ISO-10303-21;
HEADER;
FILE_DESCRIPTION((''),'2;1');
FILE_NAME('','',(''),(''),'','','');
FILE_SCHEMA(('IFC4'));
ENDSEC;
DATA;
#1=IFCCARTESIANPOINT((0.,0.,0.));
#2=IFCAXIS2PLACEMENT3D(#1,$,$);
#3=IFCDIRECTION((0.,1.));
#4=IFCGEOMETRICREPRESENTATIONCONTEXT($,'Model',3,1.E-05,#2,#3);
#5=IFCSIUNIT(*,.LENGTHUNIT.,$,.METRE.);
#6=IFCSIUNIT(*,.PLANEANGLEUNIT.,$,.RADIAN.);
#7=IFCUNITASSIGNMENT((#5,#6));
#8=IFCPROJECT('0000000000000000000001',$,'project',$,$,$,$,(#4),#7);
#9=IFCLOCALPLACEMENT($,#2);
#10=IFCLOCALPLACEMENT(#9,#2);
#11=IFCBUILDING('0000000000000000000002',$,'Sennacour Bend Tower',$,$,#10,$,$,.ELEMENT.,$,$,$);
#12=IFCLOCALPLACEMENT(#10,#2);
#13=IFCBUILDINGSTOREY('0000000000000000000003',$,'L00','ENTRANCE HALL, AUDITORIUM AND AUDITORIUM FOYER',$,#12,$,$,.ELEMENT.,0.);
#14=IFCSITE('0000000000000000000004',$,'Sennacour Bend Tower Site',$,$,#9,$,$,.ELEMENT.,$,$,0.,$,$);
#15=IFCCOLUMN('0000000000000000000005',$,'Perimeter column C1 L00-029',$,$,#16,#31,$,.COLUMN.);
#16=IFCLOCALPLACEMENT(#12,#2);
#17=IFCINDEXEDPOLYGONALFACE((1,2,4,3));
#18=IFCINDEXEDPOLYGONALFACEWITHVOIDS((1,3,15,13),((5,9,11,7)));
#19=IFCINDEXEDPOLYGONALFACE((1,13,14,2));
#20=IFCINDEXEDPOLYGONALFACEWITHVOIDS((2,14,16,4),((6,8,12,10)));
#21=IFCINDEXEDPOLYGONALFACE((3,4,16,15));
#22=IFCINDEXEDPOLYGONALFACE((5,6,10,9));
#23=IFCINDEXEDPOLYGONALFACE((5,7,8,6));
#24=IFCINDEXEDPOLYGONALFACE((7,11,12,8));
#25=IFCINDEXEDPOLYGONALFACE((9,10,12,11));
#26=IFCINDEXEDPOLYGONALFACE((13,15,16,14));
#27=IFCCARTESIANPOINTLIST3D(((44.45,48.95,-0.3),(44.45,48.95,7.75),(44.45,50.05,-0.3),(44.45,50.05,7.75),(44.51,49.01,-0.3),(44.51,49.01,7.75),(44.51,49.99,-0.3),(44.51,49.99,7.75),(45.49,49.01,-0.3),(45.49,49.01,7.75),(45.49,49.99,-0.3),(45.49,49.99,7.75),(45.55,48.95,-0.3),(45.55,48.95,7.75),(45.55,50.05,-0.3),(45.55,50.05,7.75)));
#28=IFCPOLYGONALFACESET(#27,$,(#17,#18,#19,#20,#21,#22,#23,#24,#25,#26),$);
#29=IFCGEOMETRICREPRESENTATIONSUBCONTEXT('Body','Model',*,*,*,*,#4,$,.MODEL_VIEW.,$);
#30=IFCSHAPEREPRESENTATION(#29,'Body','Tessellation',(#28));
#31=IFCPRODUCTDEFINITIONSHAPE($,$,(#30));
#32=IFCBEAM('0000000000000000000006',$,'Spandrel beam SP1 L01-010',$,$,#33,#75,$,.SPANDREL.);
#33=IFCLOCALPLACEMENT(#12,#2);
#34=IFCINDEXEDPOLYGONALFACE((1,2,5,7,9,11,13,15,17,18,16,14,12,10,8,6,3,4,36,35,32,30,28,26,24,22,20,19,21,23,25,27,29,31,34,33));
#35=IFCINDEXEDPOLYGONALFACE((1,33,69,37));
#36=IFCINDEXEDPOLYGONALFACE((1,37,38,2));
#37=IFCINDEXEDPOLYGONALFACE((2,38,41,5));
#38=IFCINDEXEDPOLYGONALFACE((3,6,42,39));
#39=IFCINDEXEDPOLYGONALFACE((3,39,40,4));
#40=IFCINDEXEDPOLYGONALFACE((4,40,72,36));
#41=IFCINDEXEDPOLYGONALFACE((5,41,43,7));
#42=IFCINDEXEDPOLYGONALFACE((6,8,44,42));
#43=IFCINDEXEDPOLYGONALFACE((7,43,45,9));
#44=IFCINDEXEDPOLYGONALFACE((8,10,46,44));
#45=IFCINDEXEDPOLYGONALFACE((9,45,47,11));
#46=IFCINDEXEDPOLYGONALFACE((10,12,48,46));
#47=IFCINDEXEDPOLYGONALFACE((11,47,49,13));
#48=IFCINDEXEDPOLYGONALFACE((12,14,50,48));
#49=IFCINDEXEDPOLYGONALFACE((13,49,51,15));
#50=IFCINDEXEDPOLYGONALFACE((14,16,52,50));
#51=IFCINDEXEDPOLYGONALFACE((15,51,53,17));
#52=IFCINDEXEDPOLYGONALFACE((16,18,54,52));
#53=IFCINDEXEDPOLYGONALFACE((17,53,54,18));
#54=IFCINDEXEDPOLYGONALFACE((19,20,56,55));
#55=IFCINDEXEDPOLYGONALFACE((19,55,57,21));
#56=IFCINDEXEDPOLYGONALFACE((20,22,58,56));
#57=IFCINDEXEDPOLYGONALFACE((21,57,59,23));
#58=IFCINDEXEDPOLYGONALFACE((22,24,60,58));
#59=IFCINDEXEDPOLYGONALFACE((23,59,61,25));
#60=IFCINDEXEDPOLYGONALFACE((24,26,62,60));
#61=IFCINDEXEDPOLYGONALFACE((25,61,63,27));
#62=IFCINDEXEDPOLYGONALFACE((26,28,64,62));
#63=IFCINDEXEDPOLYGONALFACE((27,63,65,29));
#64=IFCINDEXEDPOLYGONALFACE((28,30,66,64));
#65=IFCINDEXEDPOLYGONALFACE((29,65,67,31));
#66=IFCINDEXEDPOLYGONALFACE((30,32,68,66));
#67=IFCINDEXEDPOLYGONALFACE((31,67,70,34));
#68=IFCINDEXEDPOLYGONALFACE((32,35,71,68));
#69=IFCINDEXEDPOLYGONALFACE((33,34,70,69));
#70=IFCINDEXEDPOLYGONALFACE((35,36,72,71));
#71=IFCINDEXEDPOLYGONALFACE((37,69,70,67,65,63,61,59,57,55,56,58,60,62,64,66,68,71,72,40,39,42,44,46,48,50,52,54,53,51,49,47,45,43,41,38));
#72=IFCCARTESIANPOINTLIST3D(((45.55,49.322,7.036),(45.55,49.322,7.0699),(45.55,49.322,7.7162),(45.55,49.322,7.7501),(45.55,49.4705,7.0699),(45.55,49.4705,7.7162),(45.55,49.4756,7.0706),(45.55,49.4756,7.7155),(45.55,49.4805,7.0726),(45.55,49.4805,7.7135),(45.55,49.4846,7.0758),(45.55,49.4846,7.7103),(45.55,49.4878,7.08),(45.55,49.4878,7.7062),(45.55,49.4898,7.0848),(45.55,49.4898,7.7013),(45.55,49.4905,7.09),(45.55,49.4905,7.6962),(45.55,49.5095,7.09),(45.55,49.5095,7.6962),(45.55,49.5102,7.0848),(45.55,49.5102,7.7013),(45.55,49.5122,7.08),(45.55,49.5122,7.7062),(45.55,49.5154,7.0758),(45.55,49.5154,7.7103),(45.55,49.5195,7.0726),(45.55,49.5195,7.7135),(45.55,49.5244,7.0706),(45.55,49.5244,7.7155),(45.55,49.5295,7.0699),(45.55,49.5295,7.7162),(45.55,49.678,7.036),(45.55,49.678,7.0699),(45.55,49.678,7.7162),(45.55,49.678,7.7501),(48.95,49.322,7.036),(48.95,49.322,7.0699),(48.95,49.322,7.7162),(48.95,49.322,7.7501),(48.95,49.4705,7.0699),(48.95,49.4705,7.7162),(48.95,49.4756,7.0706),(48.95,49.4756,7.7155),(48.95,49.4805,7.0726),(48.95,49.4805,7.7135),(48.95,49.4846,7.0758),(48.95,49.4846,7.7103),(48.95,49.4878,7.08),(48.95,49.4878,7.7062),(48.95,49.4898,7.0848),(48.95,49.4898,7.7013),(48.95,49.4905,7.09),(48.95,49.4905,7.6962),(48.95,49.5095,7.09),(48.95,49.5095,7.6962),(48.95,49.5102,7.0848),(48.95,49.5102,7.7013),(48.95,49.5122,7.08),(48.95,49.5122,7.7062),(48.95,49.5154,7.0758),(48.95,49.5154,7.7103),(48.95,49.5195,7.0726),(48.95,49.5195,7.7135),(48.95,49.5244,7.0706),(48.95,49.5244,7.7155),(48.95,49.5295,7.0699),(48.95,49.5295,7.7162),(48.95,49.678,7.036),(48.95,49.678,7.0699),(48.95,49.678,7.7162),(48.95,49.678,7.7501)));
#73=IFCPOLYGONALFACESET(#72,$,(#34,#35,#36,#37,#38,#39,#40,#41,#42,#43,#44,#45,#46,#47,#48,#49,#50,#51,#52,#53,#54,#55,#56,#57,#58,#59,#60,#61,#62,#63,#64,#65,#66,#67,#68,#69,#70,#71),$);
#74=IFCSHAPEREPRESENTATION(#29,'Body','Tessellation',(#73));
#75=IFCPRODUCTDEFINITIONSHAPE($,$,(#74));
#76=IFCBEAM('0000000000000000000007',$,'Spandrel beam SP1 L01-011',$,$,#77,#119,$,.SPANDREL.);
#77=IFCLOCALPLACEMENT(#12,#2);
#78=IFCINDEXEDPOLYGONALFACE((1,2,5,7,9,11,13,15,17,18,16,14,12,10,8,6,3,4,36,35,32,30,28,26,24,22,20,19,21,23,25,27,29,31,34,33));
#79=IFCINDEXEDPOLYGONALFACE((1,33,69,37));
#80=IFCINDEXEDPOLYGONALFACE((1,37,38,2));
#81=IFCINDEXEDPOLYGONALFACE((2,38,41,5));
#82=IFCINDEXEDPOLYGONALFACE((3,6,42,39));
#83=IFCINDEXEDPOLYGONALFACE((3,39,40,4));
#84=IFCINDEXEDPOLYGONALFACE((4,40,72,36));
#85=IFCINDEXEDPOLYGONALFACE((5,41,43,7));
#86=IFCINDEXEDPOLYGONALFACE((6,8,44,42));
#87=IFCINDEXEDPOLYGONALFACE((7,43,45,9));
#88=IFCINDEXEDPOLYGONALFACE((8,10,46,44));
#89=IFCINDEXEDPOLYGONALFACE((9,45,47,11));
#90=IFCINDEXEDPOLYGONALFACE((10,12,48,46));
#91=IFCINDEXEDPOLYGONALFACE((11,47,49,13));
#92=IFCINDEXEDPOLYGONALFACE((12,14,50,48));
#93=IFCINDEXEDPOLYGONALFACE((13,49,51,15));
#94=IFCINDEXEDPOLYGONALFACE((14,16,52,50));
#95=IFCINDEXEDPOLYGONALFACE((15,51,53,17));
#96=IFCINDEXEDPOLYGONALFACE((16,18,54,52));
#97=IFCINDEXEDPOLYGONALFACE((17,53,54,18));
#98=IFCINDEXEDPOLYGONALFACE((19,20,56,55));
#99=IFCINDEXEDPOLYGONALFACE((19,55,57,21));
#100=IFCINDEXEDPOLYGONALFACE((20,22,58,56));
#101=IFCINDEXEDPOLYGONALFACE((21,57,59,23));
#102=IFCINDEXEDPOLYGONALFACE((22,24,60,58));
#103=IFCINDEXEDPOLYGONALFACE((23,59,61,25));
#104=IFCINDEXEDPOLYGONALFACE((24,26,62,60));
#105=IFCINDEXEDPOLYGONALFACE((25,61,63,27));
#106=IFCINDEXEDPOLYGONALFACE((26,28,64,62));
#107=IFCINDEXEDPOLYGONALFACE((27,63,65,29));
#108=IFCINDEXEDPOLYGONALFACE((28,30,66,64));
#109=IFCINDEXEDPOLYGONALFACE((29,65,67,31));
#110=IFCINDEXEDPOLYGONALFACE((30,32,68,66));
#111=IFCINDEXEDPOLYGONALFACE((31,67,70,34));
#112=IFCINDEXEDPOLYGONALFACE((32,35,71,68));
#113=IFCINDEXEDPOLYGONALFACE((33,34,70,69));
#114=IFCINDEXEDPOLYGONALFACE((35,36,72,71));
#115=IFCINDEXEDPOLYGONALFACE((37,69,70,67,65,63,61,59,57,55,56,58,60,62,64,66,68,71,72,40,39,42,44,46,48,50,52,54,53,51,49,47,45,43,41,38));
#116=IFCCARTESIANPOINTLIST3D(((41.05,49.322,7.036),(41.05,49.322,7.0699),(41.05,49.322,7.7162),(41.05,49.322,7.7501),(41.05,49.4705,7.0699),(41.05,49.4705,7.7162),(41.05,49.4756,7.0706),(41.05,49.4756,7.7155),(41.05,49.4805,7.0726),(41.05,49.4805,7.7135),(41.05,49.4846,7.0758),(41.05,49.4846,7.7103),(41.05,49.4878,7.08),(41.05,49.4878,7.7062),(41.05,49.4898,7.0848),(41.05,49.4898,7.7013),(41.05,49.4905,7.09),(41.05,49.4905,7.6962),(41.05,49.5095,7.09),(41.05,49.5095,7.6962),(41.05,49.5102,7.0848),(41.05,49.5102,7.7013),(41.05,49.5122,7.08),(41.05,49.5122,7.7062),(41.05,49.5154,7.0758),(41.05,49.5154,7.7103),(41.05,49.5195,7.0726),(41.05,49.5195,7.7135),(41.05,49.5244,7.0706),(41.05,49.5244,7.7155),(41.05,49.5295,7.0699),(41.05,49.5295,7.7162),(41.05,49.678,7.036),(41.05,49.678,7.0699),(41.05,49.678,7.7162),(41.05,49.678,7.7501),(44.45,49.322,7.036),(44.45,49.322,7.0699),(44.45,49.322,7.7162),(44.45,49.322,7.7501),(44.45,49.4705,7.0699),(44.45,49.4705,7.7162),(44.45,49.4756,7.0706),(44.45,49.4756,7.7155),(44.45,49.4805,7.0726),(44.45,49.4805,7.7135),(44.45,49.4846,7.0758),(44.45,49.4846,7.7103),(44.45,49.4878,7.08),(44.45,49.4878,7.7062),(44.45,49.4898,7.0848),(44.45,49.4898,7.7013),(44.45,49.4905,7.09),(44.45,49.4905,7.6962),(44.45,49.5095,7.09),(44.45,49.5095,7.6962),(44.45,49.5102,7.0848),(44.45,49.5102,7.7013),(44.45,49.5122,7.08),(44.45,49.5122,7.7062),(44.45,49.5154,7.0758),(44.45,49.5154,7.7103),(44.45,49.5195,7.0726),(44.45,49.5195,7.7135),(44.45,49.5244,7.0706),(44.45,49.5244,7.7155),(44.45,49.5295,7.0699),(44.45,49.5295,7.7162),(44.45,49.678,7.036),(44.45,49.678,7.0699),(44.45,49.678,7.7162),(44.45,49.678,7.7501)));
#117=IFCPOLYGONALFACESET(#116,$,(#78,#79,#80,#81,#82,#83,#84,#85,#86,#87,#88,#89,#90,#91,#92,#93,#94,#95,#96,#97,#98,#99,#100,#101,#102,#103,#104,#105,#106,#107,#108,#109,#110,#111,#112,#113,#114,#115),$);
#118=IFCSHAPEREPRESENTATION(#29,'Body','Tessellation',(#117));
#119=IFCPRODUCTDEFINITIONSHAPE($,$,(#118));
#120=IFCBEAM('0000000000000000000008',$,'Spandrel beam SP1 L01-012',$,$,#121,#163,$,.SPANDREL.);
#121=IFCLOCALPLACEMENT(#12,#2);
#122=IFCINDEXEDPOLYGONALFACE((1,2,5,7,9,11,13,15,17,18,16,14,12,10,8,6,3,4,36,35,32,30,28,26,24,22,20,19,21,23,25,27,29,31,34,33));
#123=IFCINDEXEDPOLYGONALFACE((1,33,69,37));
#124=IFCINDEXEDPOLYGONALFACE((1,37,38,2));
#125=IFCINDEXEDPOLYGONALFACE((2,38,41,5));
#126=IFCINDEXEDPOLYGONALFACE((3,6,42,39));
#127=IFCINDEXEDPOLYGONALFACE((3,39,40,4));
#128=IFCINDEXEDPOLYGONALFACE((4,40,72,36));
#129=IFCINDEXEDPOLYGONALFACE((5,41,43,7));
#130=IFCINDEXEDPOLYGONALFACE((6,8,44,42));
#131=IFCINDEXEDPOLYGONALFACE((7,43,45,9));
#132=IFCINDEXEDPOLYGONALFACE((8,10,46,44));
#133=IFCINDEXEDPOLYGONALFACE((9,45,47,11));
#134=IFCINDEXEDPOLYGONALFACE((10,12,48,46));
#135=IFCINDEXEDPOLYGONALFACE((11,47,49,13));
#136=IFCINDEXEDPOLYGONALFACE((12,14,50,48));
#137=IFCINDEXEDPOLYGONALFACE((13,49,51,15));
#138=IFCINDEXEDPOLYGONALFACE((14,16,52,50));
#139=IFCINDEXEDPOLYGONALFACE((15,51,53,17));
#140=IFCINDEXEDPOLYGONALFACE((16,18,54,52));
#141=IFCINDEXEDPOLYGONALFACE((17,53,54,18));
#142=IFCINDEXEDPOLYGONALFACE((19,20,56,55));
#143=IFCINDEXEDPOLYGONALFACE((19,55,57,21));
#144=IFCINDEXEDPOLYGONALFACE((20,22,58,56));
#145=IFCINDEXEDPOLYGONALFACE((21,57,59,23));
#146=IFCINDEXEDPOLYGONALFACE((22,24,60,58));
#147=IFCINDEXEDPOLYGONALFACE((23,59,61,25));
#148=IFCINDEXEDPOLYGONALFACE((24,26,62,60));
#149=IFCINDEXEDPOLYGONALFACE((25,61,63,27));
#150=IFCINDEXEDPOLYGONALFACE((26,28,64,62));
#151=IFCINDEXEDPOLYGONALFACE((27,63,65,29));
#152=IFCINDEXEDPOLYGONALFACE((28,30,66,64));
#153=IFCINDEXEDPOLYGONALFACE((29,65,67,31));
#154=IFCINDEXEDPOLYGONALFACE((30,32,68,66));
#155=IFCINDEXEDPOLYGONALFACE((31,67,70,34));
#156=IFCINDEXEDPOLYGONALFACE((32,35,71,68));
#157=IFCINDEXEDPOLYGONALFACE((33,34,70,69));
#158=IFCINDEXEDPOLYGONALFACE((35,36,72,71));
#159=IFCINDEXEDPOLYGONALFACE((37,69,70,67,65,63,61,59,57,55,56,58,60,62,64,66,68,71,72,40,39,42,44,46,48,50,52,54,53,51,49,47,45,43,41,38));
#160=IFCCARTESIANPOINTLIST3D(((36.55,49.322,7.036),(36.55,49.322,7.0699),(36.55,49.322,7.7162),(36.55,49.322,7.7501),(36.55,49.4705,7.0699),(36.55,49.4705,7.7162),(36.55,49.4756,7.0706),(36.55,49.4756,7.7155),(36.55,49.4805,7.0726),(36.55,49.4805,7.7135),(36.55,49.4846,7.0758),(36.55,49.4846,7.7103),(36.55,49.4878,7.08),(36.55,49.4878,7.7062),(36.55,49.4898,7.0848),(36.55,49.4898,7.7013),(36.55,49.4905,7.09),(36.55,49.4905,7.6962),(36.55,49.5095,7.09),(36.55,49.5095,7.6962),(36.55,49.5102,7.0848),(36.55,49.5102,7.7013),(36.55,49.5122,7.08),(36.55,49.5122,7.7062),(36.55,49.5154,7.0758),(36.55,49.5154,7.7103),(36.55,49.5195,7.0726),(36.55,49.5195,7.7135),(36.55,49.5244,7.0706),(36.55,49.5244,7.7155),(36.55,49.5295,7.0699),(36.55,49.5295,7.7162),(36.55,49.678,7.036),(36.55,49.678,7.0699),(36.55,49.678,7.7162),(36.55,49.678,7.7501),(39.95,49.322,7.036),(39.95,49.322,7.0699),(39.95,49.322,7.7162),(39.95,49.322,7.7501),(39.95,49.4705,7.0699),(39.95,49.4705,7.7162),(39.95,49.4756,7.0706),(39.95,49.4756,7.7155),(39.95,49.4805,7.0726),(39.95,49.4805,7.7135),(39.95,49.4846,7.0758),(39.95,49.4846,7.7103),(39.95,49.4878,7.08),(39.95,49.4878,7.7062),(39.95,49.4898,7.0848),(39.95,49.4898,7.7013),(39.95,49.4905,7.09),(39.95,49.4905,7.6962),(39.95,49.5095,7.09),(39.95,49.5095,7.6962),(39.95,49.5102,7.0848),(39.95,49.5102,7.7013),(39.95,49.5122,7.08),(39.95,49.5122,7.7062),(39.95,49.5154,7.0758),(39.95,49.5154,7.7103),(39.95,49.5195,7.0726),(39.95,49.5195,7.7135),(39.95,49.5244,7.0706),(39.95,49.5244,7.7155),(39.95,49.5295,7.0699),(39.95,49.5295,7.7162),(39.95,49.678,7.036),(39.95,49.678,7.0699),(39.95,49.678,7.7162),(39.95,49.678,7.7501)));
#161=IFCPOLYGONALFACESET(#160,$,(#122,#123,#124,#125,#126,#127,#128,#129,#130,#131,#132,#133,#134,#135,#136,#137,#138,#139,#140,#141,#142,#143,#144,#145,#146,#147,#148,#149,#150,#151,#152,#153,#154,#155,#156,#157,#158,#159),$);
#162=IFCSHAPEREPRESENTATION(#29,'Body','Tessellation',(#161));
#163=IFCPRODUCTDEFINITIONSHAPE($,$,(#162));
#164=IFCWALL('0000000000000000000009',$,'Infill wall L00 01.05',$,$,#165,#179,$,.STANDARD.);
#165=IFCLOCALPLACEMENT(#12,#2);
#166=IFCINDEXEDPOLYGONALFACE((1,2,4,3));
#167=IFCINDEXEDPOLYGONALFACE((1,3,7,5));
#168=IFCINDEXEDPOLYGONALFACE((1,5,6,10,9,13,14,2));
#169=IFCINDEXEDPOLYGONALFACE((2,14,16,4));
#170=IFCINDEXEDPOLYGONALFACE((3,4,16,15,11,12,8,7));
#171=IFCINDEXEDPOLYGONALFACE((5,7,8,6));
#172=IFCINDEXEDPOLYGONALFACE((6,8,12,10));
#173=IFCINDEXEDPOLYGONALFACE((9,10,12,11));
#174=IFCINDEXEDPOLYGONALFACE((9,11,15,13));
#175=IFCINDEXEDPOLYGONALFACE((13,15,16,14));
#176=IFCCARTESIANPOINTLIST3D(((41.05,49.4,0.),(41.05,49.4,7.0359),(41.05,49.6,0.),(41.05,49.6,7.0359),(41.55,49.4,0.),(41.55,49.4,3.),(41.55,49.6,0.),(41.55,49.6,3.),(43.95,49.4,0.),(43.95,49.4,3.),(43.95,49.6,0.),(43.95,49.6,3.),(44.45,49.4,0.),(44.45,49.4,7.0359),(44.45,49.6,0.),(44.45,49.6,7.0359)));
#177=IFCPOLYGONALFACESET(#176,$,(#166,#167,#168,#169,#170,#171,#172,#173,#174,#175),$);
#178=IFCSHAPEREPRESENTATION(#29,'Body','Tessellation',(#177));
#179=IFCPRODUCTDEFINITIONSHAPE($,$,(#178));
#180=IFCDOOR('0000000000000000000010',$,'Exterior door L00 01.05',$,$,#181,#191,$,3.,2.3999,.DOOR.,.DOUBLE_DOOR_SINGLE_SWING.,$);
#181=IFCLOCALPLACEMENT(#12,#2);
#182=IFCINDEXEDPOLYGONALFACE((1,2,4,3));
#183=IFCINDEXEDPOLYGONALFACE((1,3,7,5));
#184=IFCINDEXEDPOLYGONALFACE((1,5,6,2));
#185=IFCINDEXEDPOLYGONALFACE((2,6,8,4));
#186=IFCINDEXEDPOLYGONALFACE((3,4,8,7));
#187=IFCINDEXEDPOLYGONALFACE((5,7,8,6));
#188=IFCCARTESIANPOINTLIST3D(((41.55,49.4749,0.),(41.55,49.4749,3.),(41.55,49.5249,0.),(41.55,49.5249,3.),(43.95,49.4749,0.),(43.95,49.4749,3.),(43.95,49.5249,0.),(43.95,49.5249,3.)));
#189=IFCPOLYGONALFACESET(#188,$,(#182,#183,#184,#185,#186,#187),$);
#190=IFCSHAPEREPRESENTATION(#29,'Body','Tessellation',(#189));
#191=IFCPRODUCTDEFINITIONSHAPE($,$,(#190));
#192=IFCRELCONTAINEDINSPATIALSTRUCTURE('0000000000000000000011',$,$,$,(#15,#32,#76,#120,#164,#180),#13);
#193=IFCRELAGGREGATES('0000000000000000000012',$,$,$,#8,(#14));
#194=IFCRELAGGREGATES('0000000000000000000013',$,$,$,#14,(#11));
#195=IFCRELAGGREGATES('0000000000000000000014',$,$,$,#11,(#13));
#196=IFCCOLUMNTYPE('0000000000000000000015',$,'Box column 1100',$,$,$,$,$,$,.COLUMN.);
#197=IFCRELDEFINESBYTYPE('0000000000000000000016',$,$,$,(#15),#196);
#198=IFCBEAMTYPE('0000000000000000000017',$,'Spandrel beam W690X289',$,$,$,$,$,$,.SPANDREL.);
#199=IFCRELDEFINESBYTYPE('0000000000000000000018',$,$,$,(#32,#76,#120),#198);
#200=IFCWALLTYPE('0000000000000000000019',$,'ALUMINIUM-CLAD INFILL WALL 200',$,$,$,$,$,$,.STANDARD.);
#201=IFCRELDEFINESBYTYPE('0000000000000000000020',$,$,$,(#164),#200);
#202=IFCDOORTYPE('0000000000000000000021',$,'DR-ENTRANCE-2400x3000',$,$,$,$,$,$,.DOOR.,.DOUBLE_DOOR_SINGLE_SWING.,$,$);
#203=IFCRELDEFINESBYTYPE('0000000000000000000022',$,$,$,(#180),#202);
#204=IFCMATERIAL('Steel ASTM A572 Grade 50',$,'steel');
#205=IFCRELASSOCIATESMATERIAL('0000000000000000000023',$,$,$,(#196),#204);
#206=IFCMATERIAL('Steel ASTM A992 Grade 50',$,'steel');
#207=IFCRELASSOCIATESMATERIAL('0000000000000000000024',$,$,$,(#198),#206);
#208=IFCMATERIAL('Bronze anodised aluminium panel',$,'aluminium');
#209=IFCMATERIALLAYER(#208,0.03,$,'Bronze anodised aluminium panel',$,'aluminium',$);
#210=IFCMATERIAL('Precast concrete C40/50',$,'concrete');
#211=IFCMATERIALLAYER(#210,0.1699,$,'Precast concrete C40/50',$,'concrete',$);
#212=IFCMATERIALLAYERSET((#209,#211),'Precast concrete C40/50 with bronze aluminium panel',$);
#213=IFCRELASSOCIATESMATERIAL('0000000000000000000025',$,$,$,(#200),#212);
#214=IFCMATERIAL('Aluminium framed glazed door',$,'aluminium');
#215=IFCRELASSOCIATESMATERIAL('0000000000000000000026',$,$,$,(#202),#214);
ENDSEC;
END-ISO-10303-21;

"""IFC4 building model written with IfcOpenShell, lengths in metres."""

from ifc_helpers import new_model, si_unit, direction, frame, frame_2d, origin, origin_2d, place, context, subcontext, project, spatial, rectangle, hollow_rectangle, i_section, extrude, material, layer, layer_set, material_profile, profile_set, type_object, element, fill, save


model = new_model("IFC4")

# Units and contexts
model_context = context("Model", 3, precision=1e-05, world=origin(), true_north=direction((0.0, 1.0)))
body_context = subcontext(model_context, "Body", "Model", "MODEL_VIEW")
ifc_project = project(units=[si_unit("LENGTHUNIT", "METRE"), si_unit("PLANEANGLEUNIT", "RADIAN")], contexts=[model_context])

# Site, building, storey
site_placement = place(None, origin())
site = spatial("IfcSite", under=ifc_project, at=site_placement, Name="Sennacour Bend Tower Site", CompositionType="ELEMENT", RefElevation=0.0)
building_placement = place(site_placement, origin())
building = spatial("IfcBuilding", under=site, at=building_placement, Name="Sennacour Bend Tower", CompositionType="ELEMENT")
storey_placement = place(building_placement, origin())
storey = spatial("IfcBuildingStorey", under=building, at=storey_placement, Name="L00", Description="ENTRANCE HALL, AUDITORIUM AND AUDITORIUM FOYER", CompositionType="ELEMENT", Elevation=0.0)

# Column
ifc_material_1 = material(Name="Steel ASTM A572 Grade 50", Category="steel")
ifc_material_profile_1 = material_profile(ifc_material_1, hollow_rectangle(XDim=1.1001, YDim=1.1001, WallThickness=0.0601, at=origin_2d()), Name="Steel ASTM A572 Grade 50", Category="steel")
ifc_profile_set_1 = profile_set([ifc_material_profile_1], Name="Steel ASTM A572 Grade 50")
column_type = type_object("IfcColumnType", Name="Box column 1100", PredefinedType="COLUMN", material=ifc_profile_set_1)
for number, where, z_axis, x_axis, name in (
    (1, (45.0, 49.5, -0.3), (0.0, 0.0, 1.0), (1.0, 0.0, 0.0), "Perimeter column C1 L00-029"),
):
    element("IfcColumn", number, at=place(storey_placement, frame(where, z_axis=z_axis, x_axis=x_axis)), inside=storey, type_object=column_type, Name=name, PredefinedType="COLUMN", context=body_context, shape_type="SweptSolid", body=[
        extrude(hollow_rectangle(XDim=1.1001, YDim=1.1001, WallThickness=0.0601, at=origin_2d()), origin(), (0.0, 0.0, 1.0), 8.05),
    ])

# Beams
ifc_material_2 = material(Name="Steel ASTM A992 Grade 50", Category="steel")
ifc_material_profile_2 = material_profile(ifc_material_2, i_section(OverallWidth=0.356, OverallDepth=0.7141, WebThickness=0.019, FlangeThickness=0.0339, FilletRadius=0.02, at=origin_2d()), Name="Steel ASTM A992 Grade 50", Category="steel")
ifc_profile_set_2 = profile_set([ifc_material_profile_2], Name="Steel ASTM A992 Grade 50")
beam_type = type_object("IfcBeamType", Name="Spandrel beam W690X289", PredefinedType="SPANDREL", material=ifc_profile_set_2)
for number, where, z_axis, x_axis, name in (
    (2, (48.95, 49.5, 7.3931), (-1.0, 0.0, 0.0), (0.0, -1.0, 0.0), "Spandrel beam SP1 L01-010"),
    (3, (44.45, 49.5, 7.3931), (-1.0, 0.0, 0.0), (0.0, -1.0, 0.0), "Spandrel beam SP1 L01-011"),
    (4, (39.95, 49.5, 7.3931), (-1.0, 0.0, 0.0), (0.0, -1.0, 0.0), "Spandrel beam SP1 L01-012"),
):
    element("IfcBeam", number, at=place(storey_placement, frame(where, z_axis=z_axis, x_axis=x_axis)), inside=storey, type_object=beam_type, Name=name, PredefinedType="SPANDREL", context=body_context, shape_type="SweptSolid", body=[
        extrude(i_section(OverallWidth=0.356, OverallDepth=0.7141, WebThickness=0.019, FlangeThickness=0.0339, FilletRadius=0.02, at=origin_2d()), origin(), (0.0, 0.0, 1.0), 3.3999),
    ])

# Wall, opening, door
ifc_material_3 = material(Name="Bronze anodised aluminium panel", Category="aluminium")
ifc_layer_1 = layer(ifc_material_3, 0.03, Name="Bronze anodised aluminium panel", Category="aluminium")
ifc_material_4 = material(Name="Precast concrete C40/50", Category="concrete")
ifc_layer_2 = layer(ifc_material_4, 0.1699, Name="Precast concrete C40/50", Category="concrete")
ifc_layer_set_1 = layer_set([ifc_layer_1, ifc_layer_2], Name="Precast concrete C40/50 with bronze aluminium panel")
wall_type_1 = type_object("IfcWallType", Name="ALUMINIUM-CLAD INFILL WALL 200", PredefinedType="STANDARD", material=ifc_layer_set_1)
wall_1_placement = place(storey_placement, frame((41.05, 49.5, 0.0), z_axis=(0.0, 0.0, 1.0), x_axis=(1.0, 0.0, 0.0)))
wall_1 = element("IfcWall", 5, at=wall_1_placement, inside=storey, type_object=wall_type_1, Name="Infill wall L00 01.05", PredefinedType="STANDARD", context=body_context, shape_type="SweptSolid", body=[
    extrude(rectangle(XDim=3.3999, YDim=0.2, at=frame_2d((1.7, 0.0))), origin(), (0.0, 0.0, 1.0), 7.0359),
])
opening_1_placement = place(wall_1_placement, frame((0.5, 0.0, 0.0)))
opening_1 = element("IfcOpeningElement", 6, at=opening_1_placement, cuts=wall_1, PredefinedType="OPENING", context=body_context, shape_type="SweptSolid", body=[
    extrude(rectangle(XDim=2.3999, YDim=3.0, at=frame_2d((1.2, 1.5))), frame((0.0, 0.1099, 0.0), z_axis=(0.0, -1.0, 0.0), x_axis=(1.0, 0.0, 0.0)), (0.0, 0.0, 1.0), 0.22),
])
ifc_material_5 = material(Name="Aluminium framed glazed door", Category="aluminium")
door_type = type_object("IfcDoorType", Name="DR-ENTRANCE-2400x3000", OperationType="DOUBLE_DOOR_SINGLE_SWING", PredefinedType="DOOR", material=ifc_material_5)
door_placement = place(opening_1_placement, origin())
door = element("IfcDoor", 7, at=door_placement, inside=storey, type_object=door_type, Name="Exterior door L00 01.05", OperationType="DOUBLE_DOOR_SINGLE_SWING", OverallHeight=3.0, OverallWidth=2.3999, PredefinedType="DOOR", context=body_context, shape_type="SweptSolid", body=[
    extrude(rectangle(XDim=2.3999, YDim=3.0, at=frame_2d((1.2, 1.5))), frame((0.0, 0.0249, 0.0), z_axis=(0.0, -1.0, 0.0), x_axis=(1.0, 0.0, 0.0)), (0.0, 0.0, 1.0), 0.05),
])
fill(opening_1, door)

save(model, "model.ifc")
